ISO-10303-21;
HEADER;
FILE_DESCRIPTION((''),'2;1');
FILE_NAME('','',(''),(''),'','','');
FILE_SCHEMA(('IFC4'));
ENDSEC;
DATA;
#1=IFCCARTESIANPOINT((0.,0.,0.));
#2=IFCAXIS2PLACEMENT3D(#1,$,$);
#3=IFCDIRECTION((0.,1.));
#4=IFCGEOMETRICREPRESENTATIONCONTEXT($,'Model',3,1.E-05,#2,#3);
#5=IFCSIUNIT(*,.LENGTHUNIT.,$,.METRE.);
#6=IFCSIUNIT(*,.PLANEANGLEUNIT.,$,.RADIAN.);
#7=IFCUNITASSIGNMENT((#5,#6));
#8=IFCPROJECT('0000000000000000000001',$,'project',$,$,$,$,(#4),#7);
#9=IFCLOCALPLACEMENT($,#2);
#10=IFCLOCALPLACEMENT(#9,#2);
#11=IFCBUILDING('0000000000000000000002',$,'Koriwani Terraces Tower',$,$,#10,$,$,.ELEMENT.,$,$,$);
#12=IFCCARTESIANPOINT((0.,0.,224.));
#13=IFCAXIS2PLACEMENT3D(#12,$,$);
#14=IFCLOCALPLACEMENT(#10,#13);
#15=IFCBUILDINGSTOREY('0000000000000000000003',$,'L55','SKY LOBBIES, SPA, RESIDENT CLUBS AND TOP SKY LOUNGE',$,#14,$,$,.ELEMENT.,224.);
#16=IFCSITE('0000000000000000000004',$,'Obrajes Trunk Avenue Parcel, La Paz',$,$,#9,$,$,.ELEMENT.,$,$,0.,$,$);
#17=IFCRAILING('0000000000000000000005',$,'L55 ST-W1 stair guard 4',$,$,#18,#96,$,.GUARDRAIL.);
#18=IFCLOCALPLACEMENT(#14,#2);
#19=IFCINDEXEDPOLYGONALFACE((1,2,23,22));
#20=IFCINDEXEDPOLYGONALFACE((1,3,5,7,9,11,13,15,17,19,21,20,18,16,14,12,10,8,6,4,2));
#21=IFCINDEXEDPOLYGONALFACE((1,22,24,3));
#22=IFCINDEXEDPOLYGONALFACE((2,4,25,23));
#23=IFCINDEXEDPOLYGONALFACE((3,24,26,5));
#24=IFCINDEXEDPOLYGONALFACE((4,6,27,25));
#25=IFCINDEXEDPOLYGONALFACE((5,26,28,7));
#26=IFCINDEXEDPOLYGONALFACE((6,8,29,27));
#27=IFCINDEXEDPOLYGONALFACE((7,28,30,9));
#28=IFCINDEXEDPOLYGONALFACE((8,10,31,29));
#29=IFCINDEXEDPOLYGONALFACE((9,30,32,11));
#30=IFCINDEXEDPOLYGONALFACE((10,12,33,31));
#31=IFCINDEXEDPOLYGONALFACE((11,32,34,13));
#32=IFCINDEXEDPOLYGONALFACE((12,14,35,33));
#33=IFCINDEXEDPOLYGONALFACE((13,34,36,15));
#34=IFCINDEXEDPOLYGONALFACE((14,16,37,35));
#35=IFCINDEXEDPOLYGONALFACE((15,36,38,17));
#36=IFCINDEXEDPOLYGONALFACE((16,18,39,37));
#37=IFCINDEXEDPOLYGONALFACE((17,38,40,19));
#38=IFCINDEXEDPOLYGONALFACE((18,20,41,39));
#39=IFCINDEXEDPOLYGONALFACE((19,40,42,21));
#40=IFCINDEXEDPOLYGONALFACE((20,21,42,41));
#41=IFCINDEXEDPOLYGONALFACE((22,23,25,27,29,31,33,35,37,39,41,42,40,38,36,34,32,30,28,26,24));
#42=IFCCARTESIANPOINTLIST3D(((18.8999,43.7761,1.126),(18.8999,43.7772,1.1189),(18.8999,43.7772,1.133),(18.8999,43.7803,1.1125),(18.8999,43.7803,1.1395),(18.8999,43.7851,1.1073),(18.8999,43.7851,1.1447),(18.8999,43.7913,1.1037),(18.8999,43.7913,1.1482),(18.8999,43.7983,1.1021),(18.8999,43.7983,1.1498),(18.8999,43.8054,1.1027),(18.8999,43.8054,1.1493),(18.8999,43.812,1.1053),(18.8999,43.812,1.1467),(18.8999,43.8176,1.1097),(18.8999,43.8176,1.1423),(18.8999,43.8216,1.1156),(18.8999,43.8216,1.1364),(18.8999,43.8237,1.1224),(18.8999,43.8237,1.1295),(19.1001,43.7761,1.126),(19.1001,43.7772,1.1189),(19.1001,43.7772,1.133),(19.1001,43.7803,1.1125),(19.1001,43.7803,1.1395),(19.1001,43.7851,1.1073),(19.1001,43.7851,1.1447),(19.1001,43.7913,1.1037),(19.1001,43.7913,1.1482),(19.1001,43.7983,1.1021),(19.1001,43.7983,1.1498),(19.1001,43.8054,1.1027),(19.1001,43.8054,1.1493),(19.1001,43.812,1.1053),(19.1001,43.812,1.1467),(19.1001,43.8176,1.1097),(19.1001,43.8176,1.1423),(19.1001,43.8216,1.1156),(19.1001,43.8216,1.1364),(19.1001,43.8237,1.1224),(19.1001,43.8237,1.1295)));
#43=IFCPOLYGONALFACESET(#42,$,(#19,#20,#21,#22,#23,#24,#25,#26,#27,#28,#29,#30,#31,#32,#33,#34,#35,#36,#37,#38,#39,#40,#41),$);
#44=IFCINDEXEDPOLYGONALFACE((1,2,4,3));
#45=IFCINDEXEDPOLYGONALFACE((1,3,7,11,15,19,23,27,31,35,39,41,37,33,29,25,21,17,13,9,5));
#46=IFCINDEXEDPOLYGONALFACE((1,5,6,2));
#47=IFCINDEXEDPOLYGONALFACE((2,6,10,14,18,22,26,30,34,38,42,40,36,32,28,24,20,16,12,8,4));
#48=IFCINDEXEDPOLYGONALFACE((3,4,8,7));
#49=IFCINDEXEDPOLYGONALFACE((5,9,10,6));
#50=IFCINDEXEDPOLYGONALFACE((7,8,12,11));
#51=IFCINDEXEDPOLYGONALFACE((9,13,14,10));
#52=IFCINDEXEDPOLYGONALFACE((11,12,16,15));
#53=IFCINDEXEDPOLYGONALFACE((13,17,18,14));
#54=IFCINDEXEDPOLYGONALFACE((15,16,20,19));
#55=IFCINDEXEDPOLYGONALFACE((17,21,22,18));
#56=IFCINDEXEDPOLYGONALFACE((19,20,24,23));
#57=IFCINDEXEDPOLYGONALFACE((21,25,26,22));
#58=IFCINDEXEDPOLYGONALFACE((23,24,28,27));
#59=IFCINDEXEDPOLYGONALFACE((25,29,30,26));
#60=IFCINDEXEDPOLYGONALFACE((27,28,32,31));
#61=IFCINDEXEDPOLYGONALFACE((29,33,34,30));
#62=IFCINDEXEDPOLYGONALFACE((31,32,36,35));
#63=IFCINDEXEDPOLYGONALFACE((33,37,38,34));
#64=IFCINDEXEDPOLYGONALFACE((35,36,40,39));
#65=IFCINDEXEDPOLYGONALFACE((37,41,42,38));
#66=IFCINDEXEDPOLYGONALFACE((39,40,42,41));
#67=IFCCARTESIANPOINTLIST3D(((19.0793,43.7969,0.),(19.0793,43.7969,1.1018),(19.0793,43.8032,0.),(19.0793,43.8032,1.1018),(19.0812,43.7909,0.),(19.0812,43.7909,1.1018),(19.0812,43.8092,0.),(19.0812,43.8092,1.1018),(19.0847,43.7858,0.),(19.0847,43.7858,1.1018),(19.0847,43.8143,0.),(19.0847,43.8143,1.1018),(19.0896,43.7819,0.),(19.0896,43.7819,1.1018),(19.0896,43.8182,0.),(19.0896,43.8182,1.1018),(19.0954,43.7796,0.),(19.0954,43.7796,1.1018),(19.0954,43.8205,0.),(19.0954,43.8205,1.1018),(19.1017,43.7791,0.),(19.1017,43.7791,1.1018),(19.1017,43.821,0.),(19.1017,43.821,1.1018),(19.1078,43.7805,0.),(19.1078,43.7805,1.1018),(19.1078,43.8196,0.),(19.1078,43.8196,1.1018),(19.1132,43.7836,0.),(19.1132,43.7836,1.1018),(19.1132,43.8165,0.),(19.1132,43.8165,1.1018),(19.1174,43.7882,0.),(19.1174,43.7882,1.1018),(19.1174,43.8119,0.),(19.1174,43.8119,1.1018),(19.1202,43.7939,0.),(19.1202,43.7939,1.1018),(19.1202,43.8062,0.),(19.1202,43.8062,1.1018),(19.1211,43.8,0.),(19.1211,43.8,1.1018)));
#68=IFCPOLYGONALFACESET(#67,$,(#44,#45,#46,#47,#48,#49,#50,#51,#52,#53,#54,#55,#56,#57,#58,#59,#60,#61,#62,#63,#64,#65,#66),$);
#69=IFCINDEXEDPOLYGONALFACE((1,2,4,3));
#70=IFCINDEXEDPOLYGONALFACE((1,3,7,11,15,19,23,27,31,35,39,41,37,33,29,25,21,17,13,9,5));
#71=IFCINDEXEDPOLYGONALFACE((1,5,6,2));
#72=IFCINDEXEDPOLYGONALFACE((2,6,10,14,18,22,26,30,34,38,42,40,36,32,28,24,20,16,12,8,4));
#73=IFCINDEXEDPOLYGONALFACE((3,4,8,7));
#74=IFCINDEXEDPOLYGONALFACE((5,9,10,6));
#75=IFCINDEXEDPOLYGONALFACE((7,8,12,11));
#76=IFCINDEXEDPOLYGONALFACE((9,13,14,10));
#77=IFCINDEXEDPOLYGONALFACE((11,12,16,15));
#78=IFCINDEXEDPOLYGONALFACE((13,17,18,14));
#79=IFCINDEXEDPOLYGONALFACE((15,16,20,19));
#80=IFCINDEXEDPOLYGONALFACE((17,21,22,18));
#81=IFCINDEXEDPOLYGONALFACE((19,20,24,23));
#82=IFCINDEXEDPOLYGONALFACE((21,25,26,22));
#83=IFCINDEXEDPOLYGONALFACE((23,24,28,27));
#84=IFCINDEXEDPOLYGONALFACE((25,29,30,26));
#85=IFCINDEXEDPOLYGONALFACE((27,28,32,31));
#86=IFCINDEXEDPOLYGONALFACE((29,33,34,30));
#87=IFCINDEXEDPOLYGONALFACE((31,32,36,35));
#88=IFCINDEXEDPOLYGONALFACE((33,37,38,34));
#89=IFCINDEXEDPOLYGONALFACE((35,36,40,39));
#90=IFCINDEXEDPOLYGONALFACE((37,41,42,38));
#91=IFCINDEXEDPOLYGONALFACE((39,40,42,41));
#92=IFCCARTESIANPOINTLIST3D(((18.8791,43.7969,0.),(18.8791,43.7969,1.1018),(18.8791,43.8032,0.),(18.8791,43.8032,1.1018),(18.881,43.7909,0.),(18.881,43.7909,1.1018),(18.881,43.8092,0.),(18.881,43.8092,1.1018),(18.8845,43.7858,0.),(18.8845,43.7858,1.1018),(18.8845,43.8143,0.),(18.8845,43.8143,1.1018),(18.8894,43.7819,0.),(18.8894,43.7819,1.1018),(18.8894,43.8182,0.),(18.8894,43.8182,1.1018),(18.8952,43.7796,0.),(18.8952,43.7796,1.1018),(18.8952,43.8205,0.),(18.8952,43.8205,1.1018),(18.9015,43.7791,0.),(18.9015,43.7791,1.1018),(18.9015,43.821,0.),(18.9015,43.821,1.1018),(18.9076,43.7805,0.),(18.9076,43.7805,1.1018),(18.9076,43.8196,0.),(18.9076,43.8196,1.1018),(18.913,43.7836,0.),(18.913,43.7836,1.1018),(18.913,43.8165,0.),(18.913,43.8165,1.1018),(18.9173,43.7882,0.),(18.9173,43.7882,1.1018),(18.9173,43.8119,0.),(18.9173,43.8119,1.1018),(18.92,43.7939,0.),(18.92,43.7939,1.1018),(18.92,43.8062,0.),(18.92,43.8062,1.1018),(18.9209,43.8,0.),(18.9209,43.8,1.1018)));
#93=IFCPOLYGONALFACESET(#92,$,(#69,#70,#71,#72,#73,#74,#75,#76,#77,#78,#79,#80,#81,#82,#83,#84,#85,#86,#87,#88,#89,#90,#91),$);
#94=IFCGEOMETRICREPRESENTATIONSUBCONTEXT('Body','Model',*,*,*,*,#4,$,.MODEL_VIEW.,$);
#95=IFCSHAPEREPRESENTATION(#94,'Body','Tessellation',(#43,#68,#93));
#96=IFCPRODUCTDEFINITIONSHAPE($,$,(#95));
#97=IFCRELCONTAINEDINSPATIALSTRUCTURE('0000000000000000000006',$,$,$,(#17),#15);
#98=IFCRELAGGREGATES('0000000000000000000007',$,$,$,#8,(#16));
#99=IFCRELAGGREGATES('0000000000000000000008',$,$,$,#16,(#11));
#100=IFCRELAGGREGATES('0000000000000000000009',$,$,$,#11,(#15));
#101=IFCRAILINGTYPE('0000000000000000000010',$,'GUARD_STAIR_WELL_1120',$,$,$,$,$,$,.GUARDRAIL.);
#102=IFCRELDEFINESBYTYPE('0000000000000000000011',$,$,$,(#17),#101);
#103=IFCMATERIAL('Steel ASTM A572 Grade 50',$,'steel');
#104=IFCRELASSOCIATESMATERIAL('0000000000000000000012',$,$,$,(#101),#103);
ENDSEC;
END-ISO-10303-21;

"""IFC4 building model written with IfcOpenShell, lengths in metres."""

from ifc_helpers import new_model, si_unit, direction, frame, origin, origin_2d, place, context, subcontext, project, spatial, circle, extrude, material, type_object, element, save


model = new_model("IFC4")

# Units and contexts
model_context = context("Model", 3, precision=1e-05, world=origin(), true_north=direction((0.0, 1.0)))
body_context = subcontext(model_context, "Body", "Model", "MODEL_VIEW")
ifc_project = project(units=[si_unit("LENGTHUNIT", "METRE"), si_unit("PLANEANGLEUNIT", "RADIAN")], contexts=[model_context])

# Site, building, storey
site_placement = place(None, origin())
site = spatial("IfcSite", under=ifc_project, at=site_placement, Name="Obrajes Trunk Avenue Parcel, La Paz", CompositionType="ELEMENT", RefElevation=0.0)
building_placement = place(site_placement, origin())
building = spatial("IfcBuilding", under=site, at=building_placement, Name="Koriwani Terraces Tower", CompositionType="ELEMENT")
storey_placement = place(building_placement, frame((0.0, 0.0, 224.0)))
storey = spatial("IfcBuildingStorey", under=building, at=storey_placement, Name="L55", Description="SKY LOBBIES, SPA, RESIDENT CLUBS AND TOP SKY LOUNGE", CompositionType="ELEMENT", Elevation=224.0)

# Shared definitions
ifc_material_1 = material(Name="Steel ASTM A572 Grade 50", Category="steel")

# Railing
railing_type_1 = type_object("IfcRailingType", Name="GUARD_STAIR_WELL_1120", PredefinedType="GUARDRAIL", material=ifc_material_1)
railing_1_placement = place(storey_placement, frame((19.1001, 43.8, 0.0)))
element("IfcRailing", 1, at=railing_1_placement, inside=storey, type_object=railing_type_1, Name="L55 ST-W1 stair guard 4", PredefinedType="GUARDRAIL", context=body_context, shape_type="SweptSolid", body=[
    extrude(circle(Radius=0.0239, at=origin_2d()), frame((0.0, 0.0, 1.126), z_axis=(-1.0, 0.0, 0.0), x_axis=(0.0, -1.0, 0.0)), (0.0, 0.0, 1.0), 0.2002),
    extrude(circle(Radius=0.021, at=origin_2d()), origin(), (0.0, 0.0, 1.0), 1.1018),
    extrude(circle(Radius=0.021, at=origin_2d()), frame((-0.2002, 0.0, 0.0)), (0.0, 0.0, 1.0), 1.1018),
])

save(model, "model.ifc")
